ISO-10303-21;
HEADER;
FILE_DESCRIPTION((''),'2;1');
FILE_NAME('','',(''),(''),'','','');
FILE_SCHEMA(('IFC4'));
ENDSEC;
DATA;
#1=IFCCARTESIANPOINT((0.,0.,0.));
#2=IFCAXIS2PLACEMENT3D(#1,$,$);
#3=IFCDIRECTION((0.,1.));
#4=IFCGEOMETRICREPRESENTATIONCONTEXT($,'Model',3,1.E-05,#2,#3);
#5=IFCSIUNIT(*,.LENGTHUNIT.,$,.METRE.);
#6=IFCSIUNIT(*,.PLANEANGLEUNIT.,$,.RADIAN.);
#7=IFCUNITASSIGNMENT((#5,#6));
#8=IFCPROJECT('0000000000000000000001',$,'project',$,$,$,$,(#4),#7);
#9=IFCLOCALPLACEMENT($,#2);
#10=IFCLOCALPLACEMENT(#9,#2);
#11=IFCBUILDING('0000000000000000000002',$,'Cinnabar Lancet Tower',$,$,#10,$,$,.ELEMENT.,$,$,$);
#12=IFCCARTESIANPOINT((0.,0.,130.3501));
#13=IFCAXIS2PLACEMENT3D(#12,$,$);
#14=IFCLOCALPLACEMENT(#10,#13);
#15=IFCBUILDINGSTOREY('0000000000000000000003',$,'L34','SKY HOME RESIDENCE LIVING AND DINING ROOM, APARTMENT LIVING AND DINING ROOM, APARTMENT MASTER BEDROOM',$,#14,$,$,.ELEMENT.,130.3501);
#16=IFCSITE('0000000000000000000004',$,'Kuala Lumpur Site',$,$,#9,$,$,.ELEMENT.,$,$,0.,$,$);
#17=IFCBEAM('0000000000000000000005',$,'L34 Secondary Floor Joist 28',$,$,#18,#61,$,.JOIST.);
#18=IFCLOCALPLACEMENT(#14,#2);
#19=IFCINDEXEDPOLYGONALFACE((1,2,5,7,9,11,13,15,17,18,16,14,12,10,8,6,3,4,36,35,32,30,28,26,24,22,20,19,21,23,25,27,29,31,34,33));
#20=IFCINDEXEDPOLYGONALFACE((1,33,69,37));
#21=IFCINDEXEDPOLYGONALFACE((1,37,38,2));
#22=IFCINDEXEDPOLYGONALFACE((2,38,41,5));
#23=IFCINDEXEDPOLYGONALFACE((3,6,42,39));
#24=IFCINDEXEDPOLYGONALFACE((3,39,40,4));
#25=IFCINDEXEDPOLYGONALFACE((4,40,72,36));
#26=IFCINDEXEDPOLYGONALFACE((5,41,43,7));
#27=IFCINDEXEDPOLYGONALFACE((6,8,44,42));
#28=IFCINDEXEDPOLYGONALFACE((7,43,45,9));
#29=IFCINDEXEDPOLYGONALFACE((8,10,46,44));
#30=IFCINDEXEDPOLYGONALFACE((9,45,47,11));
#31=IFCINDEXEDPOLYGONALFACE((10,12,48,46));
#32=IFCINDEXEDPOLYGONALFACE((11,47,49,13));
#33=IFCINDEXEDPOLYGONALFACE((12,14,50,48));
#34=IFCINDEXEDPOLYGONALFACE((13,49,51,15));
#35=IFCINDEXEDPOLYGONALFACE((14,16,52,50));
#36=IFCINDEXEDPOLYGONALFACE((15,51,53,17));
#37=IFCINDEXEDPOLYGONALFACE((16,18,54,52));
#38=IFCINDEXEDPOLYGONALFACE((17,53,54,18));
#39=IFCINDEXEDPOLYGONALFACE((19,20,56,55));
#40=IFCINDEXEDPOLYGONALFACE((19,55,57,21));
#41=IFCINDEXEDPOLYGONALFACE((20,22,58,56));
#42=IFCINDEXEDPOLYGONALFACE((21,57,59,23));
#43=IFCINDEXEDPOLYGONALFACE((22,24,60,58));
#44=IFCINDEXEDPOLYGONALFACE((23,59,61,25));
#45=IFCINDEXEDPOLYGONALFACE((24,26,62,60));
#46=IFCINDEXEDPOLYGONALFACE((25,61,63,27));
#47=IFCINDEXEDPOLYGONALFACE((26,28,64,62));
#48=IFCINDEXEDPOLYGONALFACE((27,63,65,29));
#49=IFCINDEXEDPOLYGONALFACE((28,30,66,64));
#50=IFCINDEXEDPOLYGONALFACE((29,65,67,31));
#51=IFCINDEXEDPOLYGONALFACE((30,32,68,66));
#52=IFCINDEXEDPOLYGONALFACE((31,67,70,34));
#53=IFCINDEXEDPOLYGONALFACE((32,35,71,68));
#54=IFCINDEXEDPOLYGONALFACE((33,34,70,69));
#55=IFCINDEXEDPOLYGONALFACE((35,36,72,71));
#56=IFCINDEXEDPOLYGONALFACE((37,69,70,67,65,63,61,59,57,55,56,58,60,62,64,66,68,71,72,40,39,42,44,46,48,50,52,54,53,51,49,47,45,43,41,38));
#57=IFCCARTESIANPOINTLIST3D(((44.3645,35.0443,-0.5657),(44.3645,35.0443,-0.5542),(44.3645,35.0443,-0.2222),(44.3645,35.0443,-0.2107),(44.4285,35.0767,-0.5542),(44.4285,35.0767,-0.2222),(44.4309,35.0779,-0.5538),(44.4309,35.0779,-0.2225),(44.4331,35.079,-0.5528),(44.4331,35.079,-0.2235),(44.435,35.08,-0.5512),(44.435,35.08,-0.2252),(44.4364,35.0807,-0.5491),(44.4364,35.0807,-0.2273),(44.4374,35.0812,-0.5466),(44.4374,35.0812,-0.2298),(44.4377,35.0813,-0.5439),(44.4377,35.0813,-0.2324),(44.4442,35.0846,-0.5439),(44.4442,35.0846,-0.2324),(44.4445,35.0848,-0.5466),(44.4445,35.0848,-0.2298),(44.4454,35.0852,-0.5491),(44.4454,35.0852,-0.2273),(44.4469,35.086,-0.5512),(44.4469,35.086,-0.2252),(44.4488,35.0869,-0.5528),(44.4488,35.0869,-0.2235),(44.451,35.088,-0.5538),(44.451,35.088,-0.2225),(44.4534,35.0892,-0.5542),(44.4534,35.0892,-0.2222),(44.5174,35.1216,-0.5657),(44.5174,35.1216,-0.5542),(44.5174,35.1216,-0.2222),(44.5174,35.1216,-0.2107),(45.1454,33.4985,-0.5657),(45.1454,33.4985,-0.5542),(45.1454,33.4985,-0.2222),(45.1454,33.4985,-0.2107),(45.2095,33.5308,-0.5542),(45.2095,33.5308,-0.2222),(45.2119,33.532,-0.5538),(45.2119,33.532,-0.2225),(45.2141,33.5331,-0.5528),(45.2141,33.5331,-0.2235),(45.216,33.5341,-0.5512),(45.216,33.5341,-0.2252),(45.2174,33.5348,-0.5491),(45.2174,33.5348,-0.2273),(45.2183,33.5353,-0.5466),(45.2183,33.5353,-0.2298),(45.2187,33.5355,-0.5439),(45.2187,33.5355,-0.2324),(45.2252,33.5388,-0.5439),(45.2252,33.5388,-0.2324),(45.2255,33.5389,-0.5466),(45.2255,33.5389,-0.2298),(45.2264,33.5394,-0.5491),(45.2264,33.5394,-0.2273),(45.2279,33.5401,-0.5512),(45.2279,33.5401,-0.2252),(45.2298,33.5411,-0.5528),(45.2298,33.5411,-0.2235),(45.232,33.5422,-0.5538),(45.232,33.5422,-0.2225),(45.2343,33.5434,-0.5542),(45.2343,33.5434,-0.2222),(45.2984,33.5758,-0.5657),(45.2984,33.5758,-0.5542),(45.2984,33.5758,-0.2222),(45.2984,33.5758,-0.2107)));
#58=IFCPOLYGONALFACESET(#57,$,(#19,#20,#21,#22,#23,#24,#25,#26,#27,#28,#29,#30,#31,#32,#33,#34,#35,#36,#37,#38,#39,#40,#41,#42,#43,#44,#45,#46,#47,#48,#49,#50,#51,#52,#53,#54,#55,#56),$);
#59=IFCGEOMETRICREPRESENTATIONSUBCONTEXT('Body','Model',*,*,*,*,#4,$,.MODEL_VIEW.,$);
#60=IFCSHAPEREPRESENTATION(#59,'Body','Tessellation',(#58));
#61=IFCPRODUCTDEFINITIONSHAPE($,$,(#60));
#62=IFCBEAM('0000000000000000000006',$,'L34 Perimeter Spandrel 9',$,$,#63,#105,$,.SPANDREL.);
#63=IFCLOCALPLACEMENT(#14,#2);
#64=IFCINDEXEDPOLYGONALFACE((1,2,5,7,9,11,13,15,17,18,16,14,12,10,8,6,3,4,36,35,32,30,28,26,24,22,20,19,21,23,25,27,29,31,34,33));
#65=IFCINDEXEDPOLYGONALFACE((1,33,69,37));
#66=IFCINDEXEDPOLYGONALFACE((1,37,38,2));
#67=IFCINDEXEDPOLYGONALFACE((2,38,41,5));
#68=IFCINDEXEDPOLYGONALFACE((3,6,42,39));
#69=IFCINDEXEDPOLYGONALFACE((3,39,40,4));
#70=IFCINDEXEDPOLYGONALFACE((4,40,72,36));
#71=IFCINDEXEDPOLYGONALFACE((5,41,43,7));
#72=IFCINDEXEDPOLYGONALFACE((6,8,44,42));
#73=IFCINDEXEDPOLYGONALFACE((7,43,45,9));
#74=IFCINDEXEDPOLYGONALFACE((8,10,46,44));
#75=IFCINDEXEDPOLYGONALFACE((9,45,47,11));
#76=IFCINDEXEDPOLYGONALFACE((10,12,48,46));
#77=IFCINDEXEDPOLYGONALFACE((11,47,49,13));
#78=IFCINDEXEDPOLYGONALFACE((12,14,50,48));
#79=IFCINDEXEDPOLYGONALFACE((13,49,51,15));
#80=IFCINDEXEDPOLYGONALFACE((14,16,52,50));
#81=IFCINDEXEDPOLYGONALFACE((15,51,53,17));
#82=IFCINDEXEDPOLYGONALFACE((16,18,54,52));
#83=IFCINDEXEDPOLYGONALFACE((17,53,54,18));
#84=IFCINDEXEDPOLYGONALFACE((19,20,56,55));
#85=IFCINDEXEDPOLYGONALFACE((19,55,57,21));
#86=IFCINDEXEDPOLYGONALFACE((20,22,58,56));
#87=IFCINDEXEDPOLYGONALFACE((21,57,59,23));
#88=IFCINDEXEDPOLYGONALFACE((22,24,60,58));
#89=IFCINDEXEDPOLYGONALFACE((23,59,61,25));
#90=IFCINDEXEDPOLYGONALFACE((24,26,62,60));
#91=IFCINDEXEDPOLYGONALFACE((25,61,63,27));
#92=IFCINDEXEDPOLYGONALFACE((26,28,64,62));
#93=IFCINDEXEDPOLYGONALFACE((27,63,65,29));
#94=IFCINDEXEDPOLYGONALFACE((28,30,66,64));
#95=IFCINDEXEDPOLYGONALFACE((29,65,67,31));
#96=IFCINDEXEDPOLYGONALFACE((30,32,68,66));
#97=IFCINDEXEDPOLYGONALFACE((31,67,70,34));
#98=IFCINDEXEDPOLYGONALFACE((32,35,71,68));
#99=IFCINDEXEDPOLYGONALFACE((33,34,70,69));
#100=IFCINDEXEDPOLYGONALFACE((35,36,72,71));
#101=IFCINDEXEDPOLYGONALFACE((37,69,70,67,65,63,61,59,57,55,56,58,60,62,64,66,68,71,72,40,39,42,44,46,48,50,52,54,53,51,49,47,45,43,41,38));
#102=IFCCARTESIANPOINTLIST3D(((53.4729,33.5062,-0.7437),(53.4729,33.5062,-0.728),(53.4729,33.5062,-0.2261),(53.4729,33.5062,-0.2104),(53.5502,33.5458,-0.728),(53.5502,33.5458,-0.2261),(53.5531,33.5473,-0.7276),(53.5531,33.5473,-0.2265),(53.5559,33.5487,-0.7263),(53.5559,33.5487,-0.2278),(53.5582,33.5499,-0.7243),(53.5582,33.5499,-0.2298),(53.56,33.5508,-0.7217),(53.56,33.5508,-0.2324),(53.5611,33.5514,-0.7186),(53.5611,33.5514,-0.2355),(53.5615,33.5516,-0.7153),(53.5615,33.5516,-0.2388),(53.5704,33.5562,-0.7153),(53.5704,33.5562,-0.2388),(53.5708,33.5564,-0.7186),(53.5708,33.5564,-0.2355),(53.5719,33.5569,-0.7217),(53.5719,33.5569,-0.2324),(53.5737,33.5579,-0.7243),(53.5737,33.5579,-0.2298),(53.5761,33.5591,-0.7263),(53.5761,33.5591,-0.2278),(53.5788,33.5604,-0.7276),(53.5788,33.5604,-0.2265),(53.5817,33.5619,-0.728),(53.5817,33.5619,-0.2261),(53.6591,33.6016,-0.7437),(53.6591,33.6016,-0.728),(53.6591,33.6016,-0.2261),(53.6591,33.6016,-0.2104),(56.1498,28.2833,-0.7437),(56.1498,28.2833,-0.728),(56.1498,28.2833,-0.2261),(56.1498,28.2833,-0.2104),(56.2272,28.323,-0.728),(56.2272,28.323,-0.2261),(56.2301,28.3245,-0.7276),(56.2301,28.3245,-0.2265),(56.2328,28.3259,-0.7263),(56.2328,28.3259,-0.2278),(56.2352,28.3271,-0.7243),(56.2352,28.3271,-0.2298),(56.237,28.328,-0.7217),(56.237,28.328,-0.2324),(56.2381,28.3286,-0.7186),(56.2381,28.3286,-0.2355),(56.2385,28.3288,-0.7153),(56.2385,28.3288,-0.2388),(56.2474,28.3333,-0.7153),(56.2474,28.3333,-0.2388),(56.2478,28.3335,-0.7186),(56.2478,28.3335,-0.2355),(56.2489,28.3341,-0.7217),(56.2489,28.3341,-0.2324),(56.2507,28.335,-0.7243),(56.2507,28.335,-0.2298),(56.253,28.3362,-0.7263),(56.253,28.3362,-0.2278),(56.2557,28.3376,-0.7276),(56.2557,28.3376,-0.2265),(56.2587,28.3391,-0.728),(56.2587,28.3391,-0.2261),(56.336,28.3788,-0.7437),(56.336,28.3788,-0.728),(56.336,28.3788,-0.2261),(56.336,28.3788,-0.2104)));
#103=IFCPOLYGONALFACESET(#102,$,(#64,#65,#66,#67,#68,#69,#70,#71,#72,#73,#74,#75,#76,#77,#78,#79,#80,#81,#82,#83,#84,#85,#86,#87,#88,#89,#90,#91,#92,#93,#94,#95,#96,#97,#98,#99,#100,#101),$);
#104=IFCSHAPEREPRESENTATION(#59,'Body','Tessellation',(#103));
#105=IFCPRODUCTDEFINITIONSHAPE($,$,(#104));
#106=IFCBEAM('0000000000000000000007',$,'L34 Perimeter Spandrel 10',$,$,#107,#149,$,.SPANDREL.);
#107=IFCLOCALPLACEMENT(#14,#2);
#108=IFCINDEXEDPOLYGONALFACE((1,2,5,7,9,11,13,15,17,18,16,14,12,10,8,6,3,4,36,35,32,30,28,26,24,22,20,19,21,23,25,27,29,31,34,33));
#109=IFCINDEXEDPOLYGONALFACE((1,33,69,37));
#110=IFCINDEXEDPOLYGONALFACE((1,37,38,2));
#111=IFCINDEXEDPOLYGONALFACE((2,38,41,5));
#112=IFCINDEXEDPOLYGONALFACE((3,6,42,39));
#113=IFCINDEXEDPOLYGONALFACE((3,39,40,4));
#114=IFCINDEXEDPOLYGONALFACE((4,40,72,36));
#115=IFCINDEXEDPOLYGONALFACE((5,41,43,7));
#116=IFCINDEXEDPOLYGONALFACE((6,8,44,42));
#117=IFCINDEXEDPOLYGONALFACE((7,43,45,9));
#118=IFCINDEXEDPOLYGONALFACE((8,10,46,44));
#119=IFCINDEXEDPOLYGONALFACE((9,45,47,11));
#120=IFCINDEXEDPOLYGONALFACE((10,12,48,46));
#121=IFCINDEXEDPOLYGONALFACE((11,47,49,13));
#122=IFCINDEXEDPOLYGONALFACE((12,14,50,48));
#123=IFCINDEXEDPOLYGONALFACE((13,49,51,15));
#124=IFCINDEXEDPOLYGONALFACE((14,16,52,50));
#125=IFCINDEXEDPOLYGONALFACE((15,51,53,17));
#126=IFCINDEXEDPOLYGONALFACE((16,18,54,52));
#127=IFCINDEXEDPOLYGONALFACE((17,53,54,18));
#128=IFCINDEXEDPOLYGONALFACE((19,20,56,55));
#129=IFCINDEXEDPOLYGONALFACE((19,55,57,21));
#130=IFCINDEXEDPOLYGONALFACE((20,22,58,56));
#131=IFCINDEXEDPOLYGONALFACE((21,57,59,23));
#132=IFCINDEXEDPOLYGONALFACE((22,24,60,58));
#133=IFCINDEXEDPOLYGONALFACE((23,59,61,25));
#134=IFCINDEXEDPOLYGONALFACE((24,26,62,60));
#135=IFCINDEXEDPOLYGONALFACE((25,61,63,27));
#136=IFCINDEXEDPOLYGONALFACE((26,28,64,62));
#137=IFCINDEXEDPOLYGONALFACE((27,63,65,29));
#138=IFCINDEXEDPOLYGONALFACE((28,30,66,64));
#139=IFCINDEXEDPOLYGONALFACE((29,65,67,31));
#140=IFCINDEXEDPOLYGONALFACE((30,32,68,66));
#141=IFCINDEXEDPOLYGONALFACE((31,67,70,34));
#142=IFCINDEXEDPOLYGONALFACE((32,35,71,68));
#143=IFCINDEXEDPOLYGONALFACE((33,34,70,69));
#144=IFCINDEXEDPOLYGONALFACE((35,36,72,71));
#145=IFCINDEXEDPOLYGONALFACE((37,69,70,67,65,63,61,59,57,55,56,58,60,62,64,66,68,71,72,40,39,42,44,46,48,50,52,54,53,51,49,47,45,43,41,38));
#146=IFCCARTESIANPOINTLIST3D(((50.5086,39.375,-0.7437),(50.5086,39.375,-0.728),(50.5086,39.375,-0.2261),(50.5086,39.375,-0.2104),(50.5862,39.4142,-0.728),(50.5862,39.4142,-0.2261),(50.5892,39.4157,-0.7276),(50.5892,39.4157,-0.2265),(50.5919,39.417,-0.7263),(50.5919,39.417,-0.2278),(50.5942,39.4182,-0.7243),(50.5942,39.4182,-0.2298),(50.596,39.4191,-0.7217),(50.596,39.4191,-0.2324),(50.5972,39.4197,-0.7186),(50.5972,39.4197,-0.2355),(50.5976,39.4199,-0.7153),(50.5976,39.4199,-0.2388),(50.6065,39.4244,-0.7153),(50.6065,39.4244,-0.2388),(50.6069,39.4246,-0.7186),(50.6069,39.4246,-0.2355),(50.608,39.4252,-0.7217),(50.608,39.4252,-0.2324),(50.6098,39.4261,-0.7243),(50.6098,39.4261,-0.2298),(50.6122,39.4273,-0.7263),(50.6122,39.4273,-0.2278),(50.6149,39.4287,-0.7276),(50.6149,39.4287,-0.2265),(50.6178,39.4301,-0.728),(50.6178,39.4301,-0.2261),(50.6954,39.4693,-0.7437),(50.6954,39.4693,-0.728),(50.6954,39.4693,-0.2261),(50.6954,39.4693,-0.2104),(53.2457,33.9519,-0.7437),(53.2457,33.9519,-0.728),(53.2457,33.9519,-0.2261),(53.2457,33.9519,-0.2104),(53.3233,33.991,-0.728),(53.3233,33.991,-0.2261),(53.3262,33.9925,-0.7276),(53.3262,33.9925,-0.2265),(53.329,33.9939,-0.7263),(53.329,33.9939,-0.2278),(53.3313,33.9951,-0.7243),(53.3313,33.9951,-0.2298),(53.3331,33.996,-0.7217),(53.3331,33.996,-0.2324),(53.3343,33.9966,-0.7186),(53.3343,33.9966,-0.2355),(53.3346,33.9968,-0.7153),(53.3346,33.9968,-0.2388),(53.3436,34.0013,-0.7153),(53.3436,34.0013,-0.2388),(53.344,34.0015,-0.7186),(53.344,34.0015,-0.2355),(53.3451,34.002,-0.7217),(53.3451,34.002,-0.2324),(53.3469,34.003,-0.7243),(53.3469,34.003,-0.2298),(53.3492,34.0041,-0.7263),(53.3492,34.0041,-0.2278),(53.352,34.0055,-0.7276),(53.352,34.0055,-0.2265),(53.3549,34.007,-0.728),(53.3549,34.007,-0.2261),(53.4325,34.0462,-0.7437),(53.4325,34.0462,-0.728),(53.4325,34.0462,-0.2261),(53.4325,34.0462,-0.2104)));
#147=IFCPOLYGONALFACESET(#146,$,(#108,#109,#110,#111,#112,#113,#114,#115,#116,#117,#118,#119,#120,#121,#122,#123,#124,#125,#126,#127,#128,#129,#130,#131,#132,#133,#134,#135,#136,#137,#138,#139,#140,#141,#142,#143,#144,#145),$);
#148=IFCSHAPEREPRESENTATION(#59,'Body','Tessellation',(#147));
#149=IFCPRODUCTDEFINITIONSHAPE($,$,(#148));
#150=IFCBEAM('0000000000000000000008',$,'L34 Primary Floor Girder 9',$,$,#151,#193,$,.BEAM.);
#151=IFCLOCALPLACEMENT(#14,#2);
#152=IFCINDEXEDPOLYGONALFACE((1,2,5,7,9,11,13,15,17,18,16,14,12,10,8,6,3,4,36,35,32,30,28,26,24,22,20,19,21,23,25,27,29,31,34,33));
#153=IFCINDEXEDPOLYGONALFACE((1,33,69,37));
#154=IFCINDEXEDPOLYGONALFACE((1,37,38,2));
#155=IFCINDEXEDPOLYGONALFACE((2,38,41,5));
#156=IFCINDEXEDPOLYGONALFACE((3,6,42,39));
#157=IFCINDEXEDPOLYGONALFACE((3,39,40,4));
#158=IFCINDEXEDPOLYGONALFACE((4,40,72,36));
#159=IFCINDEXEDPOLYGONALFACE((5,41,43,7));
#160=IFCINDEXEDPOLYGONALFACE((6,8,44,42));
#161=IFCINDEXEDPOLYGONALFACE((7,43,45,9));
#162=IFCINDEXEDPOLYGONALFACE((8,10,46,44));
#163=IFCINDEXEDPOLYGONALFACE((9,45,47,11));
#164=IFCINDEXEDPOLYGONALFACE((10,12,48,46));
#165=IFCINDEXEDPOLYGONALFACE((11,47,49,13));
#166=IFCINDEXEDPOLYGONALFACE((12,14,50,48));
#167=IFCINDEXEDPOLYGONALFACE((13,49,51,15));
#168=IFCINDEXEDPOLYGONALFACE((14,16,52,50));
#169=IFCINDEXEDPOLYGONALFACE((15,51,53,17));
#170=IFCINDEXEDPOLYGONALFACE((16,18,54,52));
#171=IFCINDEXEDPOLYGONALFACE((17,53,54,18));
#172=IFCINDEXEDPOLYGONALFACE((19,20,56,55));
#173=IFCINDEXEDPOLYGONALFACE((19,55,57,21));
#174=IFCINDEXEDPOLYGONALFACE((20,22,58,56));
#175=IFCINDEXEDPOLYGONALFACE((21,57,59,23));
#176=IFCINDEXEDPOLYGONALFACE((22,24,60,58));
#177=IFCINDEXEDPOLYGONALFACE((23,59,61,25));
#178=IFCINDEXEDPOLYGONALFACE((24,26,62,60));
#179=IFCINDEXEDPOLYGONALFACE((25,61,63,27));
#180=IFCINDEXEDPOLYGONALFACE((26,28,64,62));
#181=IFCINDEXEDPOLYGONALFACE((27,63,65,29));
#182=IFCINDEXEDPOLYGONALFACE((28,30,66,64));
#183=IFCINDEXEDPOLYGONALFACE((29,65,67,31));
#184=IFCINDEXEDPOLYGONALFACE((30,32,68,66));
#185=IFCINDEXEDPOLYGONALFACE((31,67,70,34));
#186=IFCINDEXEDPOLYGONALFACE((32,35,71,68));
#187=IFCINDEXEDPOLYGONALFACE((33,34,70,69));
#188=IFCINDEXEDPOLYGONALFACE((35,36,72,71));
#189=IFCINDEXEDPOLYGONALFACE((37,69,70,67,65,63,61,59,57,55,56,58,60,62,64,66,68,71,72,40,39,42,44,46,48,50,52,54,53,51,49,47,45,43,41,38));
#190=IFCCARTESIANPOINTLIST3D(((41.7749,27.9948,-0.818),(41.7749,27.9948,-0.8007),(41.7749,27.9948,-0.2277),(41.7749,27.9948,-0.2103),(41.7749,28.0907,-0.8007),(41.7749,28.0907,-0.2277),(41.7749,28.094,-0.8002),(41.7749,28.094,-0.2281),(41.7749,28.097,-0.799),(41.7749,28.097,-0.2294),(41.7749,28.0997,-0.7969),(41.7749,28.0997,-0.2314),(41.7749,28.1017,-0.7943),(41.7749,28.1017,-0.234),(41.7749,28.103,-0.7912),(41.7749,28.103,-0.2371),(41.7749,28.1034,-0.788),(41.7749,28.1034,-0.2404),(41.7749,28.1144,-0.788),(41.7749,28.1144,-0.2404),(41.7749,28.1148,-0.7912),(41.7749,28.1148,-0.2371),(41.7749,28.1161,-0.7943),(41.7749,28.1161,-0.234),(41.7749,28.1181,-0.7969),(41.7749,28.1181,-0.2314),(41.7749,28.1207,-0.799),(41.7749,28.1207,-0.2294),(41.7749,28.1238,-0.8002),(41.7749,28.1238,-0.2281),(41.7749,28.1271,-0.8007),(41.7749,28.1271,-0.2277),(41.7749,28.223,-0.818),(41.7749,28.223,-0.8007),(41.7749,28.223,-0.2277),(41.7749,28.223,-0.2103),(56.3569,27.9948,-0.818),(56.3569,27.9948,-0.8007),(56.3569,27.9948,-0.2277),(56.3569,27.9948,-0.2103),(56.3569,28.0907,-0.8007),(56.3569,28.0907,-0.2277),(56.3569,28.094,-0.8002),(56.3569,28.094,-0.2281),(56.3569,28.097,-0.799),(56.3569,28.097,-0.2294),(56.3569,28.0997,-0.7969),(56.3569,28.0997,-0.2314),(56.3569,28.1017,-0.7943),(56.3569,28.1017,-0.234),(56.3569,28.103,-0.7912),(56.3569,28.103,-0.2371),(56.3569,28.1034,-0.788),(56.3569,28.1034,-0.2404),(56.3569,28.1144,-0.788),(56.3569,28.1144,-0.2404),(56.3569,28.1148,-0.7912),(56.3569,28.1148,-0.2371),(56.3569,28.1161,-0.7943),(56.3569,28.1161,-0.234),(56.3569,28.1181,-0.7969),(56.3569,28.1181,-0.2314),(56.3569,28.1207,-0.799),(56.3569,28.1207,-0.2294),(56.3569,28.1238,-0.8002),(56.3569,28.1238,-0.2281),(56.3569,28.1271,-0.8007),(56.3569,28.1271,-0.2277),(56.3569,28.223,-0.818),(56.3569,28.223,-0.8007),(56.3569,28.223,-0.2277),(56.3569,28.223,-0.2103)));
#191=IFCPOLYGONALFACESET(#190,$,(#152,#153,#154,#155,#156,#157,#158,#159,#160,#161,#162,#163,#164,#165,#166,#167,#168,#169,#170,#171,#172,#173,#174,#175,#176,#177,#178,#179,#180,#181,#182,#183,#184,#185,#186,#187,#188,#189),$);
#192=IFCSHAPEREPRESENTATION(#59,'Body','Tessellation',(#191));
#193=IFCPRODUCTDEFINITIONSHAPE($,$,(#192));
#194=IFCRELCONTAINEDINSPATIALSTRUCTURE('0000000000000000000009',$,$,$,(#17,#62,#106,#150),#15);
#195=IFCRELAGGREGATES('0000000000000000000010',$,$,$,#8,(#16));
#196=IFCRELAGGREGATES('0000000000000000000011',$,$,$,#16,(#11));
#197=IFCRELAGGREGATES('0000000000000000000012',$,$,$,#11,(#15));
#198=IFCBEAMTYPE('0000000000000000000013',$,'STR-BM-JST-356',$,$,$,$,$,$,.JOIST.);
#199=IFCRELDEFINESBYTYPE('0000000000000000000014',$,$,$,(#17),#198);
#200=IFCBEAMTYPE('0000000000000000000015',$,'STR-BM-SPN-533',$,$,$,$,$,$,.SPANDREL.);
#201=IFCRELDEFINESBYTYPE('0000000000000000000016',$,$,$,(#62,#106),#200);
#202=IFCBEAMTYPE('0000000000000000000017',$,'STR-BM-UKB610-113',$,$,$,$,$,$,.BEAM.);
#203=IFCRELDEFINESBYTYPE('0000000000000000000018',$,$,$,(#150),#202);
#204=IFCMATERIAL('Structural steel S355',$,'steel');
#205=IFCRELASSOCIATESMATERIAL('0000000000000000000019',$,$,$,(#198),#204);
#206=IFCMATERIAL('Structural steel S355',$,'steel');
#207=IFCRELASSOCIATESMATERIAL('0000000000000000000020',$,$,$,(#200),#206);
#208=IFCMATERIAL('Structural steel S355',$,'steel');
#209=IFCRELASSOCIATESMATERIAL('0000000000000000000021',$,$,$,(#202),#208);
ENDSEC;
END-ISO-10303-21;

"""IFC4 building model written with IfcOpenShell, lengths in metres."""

from ifc_helpers import new_model, si_unit, direction, frame, origin, origin_2d, place, context, subcontext, project, spatial, i_section, extrude, material, material_profile, profile_set, type_object, element, save


model = new_model("IFC4")

# Units and contexts
model_context = context("Model", 3, precision=1e-05, world=origin(), true_north=direction((0.0, 1.0)))
body_context = subcontext(model_context, "Body", "Model", "MODEL_VIEW")
ifc_project = project(units=[si_unit("LENGTHUNIT", "METRE"), si_unit("PLANEANGLEUNIT", "RADIAN")], contexts=[model_context])

# Site, building, storey
site_placement = place(None, origin())
site = spatial("IfcSite", under=ifc_project, at=site_placement, Name="Kuala Lumpur Site", CompositionType="ELEMENT", RefElevation=0.0)
building_placement = place(site_placement, origin())
building = spatial("IfcBuilding", under=site, at=building_placement, Name="Cinnabar Lancet Tower", CompositionType="ELEMENT")
storey_placement = place(building_placement, frame((0.0, 0.0, 130.3501)))
storey = spatial("IfcBuildingStorey", under=building, at=storey_placement, Name="L34", Description="SKY HOME RESIDENCE LIVING AND DINING ROOM, APARTMENT LIVING AND DINING ROOM, APARTMENT MASTER BEDROOM", CompositionType="ELEMENT", Elevation=130.3501)

# Beams
ifc_material_1 = material(Name="Structural steel S355", Category="steel")
ifc_material_profile_1 = material_profile(ifc_material_1, i_section(OverallWidth=0.1714, OverallDepth=0.355, WebThickness=0.0073, FlangeThickness=0.0115, FilletRadius=0.0103, at=origin_2d()), Name="UKB 356x171x51")
ifc_profile_set_1 = profile_set([ifc_material_profile_1], Name="Structural steel S355")
beam_type_1 = type_object("IfcBeamType", Name="STR-BM-JST-356", PredefinedType="JOIST", material=ifc_profile_set_1)
beam_1_placement = place(storey_placement, frame((45.2219, 33.5371, -0.3882), z_axis=(-0.450931, 0.892559, 0.0), x_axis=(-0.892559, -0.450931, 0.0)))
element("IfcBeam", 1, at=beam_1_placement, inside=storey, type_object=beam_type_1, Name="L34 Secondary Floor Joist 28", PredefinedType="JOIST", context=body_context, shape_type="SweptSolid", body=[
    extrude(i_section(OverallWidth=0.1714, OverallDepth=0.355, WebThickness=0.0073, FlangeThickness=0.0115, FilletRadius=0.0103, at=origin_2d()), origin(), (0.0, 0.0, 1.0), 1.7319),
])
ifc_material_2 = material(Name="Structural steel S355", Category="steel")
ifc_material_profile_2 = material_profile(ifc_material_2, i_section(OverallWidth=0.2092, OverallDepth=0.5332, WebThickness=0.01, FlangeThickness=0.0156, FilletRadius=0.0127, at=origin_2d()), Name="UKB 533x210x92")
ifc_profile_set_2 = profile_set([ifc_material_profile_2], Name="Structural steel S355")
beam_type_2 = type_object("IfcBeamType", Name="STR-BM-SPN-533", PredefinedType="SPANDREL", material=ifc_profile_set_2)
beam_2_placement = place(storey_placement, frame((56.2429, 28.3311, -0.4771), z_axis=(-0.456127, 0.889915, 0.0), x_axis=(-0.889915, -0.456127, 0.0)))
element("IfcBeam", 2, at=beam_2_placement, inside=storey, type_object=beam_type_2, Name="L34 Perimeter Spandrel 9", PredefinedType="SPANDREL", context=body_context, shape_type="SweptSolid", body=[
    extrude(i_section(OverallWidth=0.2092, OverallDepth=0.5332, WebThickness=0.01, FlangeThickness=0.0156, FilletRadius=0.0127, at=origin_2d()), origin(), (0.0, 0.0, 1.0), 5.8689),
])
beam_3_placement = place(storey_placement, frame((53.3391, 33.999, -0.4771), z_axis=(-0.45057, 0.892741, 0.0), x_axis=(-0.892741, -0.45057, 0.0)))
element("IfcBeam", 3, at=beam_3_placement, inside=storey, type_object=beam_type_2, Name="L34 Perimeter Spandrel 10", PredefinedType="SPANDREL", context=body_context, shape_type="SweptSolid", body=[
    extrude(i_section(OverallWidth=0.2092, OverallDepth=0.5332, WebThickness=0.01, FlangeThickness=0.0156, FilletRadius=0.0127, at=origin_2d()), origin(), (0.0, 0.0, 1.0), 6.0747),
])
ifc_material_3 = material(Name="Structural steel S355", Category="steel")
ifc_material_profile_3 = material_profile(ifc_material_3, i_section(OverallWidth=0.2283, OverallDepth=0.6077, WebThickness=0.011, FlangeThickness=0.0173, FilletRadius=0.0127, at=origin_2d()), Name="UKB 610x229x113")
ifc_profile_set_3 = profile_set([ifc_material_profile_3], Name="Structural steel S355")
beam_type_3 = type_object("IfcBeamType", Name="STR-BM-UKB610-113", PredefinedType="BEAM", material=ifc_profile_set_3)
beam_4_placement = place(storey_placement, frame((56.3569, 28.1089, -0.5142), z_axis=(-1.0, 0.0, 0.0), x_axis=(0.0, -1.0, 0.0)))
element("IfcBeam", 4, at=beam_4_placement, inside=storey, type_object=beam_type_3, Name="L34 Primary Floor Girder 9", PredefinedType="BEAM", context=body_context, shape_type="SweptSolid", body=[
    extrude(i_section(OverallWidth=0.2283, OverallDepth=0.6077, WebThickness=0.011, FlangeThickness=0.0173, FilletRadius=0.0127, at=origin_2d()), origin(), (0.0, 0.0, 1.0), 14.582),
])

save(model, "model.ifc")
